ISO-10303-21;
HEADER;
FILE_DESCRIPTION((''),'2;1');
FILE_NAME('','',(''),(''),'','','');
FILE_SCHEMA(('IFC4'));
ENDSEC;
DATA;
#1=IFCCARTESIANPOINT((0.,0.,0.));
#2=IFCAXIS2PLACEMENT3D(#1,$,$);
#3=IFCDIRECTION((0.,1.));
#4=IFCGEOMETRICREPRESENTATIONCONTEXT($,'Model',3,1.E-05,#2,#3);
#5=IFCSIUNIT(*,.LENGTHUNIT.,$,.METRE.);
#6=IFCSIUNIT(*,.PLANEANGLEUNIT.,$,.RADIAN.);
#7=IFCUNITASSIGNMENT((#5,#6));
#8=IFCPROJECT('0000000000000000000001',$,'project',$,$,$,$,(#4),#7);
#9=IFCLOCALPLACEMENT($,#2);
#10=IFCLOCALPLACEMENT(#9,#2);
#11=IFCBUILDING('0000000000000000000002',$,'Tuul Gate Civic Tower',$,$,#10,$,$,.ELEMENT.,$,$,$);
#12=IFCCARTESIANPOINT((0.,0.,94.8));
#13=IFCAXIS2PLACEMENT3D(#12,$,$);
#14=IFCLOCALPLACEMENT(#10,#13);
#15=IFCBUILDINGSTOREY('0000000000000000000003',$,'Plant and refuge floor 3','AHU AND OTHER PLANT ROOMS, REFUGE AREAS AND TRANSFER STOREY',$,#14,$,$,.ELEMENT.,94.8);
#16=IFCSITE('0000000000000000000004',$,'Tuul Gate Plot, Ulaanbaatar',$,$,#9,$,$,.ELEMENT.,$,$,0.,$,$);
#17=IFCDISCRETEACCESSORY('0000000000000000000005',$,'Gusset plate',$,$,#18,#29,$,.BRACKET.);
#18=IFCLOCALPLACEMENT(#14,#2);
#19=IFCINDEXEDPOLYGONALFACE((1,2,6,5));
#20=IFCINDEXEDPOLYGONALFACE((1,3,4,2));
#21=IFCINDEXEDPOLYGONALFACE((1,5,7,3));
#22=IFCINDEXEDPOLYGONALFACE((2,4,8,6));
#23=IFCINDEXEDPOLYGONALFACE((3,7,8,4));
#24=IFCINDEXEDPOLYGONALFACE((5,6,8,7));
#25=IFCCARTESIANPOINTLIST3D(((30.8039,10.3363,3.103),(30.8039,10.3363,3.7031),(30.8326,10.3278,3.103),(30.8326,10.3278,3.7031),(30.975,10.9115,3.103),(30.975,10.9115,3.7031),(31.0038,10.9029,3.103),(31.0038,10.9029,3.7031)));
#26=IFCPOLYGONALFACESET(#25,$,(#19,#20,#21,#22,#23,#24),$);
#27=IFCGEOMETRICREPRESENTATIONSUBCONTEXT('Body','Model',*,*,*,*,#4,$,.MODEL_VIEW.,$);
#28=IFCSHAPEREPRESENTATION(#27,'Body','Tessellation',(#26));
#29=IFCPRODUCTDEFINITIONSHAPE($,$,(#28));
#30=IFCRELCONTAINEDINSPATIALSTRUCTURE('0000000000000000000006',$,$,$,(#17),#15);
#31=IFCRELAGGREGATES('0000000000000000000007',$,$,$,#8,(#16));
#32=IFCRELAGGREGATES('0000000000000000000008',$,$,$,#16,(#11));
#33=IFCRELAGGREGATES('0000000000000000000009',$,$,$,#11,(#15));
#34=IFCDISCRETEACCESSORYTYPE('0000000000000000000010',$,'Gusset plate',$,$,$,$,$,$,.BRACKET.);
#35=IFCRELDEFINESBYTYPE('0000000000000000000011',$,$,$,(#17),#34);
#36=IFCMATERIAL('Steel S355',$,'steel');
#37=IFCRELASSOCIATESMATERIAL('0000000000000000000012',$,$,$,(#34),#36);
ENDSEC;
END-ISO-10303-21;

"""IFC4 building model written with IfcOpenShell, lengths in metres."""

from ifc_helpers import new_model, si_unit, direction, frame, origin, origin_2d, place, context, subcontext, project, spatial, rectangle, extrude, material, type_object, element, save


model = new_model("IFC4")

# Units and contexts
model_context = context("Model", 3, precision=1e-05, world=origin(), true_north=direction((0.0, 1.0)))
body_context = subcontext(model_context, "Body", "Model", "MODEL_VIEW")
ifc_project = project(units=[si_unit("LENGTHUNIT", "METRE"), si_unit("PLANEANGLEUNIT", "RADIAN")], contexts=[model_context])

# Site, building, storey
site_placement = place(None, origin())
site = spatial("IfcSite", under=ifc_project, at=site_placement, Name="Tuul Gate Plot, Ulaanbaatar", CompositionType="ELEMENT", RefElevation=0.0)
building_placement = place(site_placement, origin())
building = spatial("IfcBuilding", under=site, at=building_placement, Name="Tuul Gate Civic Tower", CompositionType="ELEMENT")
storey_placement = place(building_placement, frame((0.0, 0.0, 94.8)))
storey = spatial("IfcBuildingStorey", under=building, at=storey_placement, Name="Plant and refuge floor 3", Description="AHU AND OTHER PLANT ROOMS, REFUGE AREAS AND TRANSFER STOREY", CompositionType="ELEMENT", Elevation=94.8)

# Discrete accessory
ifc_material_1 = material(Name="Steel S355", Category="steel")
discrete_accessory_type = type_object("IfcDiscreteAccessoryType", Name="Gusset plate", PredefinedType="BRACKET", material=ifc_material_1)
discrete_accessory_placement = place(storey_placement, frame((30.9038, 10.6196, 3.103), z_axis=(0.0, 0.0, 1.0), x_axis=(-0.285169, -0.958477, 0.0)))
element("IfcDiscreteAccessory", 1, at=discrete_accessory_placement, inside=storey, type_object=discrete_accessory_type, Name="Gusset plate", PredefinedType="BRACKET", context=body_context, shape_type="SweptSolid", body=[
    extrude(rectangle(XDim=0.6001, YDim=0.03, at=origin_2d()), origin(), (0.0, 0.0, 1.0), 0.6001),
])

save(model, "model.ifc")
